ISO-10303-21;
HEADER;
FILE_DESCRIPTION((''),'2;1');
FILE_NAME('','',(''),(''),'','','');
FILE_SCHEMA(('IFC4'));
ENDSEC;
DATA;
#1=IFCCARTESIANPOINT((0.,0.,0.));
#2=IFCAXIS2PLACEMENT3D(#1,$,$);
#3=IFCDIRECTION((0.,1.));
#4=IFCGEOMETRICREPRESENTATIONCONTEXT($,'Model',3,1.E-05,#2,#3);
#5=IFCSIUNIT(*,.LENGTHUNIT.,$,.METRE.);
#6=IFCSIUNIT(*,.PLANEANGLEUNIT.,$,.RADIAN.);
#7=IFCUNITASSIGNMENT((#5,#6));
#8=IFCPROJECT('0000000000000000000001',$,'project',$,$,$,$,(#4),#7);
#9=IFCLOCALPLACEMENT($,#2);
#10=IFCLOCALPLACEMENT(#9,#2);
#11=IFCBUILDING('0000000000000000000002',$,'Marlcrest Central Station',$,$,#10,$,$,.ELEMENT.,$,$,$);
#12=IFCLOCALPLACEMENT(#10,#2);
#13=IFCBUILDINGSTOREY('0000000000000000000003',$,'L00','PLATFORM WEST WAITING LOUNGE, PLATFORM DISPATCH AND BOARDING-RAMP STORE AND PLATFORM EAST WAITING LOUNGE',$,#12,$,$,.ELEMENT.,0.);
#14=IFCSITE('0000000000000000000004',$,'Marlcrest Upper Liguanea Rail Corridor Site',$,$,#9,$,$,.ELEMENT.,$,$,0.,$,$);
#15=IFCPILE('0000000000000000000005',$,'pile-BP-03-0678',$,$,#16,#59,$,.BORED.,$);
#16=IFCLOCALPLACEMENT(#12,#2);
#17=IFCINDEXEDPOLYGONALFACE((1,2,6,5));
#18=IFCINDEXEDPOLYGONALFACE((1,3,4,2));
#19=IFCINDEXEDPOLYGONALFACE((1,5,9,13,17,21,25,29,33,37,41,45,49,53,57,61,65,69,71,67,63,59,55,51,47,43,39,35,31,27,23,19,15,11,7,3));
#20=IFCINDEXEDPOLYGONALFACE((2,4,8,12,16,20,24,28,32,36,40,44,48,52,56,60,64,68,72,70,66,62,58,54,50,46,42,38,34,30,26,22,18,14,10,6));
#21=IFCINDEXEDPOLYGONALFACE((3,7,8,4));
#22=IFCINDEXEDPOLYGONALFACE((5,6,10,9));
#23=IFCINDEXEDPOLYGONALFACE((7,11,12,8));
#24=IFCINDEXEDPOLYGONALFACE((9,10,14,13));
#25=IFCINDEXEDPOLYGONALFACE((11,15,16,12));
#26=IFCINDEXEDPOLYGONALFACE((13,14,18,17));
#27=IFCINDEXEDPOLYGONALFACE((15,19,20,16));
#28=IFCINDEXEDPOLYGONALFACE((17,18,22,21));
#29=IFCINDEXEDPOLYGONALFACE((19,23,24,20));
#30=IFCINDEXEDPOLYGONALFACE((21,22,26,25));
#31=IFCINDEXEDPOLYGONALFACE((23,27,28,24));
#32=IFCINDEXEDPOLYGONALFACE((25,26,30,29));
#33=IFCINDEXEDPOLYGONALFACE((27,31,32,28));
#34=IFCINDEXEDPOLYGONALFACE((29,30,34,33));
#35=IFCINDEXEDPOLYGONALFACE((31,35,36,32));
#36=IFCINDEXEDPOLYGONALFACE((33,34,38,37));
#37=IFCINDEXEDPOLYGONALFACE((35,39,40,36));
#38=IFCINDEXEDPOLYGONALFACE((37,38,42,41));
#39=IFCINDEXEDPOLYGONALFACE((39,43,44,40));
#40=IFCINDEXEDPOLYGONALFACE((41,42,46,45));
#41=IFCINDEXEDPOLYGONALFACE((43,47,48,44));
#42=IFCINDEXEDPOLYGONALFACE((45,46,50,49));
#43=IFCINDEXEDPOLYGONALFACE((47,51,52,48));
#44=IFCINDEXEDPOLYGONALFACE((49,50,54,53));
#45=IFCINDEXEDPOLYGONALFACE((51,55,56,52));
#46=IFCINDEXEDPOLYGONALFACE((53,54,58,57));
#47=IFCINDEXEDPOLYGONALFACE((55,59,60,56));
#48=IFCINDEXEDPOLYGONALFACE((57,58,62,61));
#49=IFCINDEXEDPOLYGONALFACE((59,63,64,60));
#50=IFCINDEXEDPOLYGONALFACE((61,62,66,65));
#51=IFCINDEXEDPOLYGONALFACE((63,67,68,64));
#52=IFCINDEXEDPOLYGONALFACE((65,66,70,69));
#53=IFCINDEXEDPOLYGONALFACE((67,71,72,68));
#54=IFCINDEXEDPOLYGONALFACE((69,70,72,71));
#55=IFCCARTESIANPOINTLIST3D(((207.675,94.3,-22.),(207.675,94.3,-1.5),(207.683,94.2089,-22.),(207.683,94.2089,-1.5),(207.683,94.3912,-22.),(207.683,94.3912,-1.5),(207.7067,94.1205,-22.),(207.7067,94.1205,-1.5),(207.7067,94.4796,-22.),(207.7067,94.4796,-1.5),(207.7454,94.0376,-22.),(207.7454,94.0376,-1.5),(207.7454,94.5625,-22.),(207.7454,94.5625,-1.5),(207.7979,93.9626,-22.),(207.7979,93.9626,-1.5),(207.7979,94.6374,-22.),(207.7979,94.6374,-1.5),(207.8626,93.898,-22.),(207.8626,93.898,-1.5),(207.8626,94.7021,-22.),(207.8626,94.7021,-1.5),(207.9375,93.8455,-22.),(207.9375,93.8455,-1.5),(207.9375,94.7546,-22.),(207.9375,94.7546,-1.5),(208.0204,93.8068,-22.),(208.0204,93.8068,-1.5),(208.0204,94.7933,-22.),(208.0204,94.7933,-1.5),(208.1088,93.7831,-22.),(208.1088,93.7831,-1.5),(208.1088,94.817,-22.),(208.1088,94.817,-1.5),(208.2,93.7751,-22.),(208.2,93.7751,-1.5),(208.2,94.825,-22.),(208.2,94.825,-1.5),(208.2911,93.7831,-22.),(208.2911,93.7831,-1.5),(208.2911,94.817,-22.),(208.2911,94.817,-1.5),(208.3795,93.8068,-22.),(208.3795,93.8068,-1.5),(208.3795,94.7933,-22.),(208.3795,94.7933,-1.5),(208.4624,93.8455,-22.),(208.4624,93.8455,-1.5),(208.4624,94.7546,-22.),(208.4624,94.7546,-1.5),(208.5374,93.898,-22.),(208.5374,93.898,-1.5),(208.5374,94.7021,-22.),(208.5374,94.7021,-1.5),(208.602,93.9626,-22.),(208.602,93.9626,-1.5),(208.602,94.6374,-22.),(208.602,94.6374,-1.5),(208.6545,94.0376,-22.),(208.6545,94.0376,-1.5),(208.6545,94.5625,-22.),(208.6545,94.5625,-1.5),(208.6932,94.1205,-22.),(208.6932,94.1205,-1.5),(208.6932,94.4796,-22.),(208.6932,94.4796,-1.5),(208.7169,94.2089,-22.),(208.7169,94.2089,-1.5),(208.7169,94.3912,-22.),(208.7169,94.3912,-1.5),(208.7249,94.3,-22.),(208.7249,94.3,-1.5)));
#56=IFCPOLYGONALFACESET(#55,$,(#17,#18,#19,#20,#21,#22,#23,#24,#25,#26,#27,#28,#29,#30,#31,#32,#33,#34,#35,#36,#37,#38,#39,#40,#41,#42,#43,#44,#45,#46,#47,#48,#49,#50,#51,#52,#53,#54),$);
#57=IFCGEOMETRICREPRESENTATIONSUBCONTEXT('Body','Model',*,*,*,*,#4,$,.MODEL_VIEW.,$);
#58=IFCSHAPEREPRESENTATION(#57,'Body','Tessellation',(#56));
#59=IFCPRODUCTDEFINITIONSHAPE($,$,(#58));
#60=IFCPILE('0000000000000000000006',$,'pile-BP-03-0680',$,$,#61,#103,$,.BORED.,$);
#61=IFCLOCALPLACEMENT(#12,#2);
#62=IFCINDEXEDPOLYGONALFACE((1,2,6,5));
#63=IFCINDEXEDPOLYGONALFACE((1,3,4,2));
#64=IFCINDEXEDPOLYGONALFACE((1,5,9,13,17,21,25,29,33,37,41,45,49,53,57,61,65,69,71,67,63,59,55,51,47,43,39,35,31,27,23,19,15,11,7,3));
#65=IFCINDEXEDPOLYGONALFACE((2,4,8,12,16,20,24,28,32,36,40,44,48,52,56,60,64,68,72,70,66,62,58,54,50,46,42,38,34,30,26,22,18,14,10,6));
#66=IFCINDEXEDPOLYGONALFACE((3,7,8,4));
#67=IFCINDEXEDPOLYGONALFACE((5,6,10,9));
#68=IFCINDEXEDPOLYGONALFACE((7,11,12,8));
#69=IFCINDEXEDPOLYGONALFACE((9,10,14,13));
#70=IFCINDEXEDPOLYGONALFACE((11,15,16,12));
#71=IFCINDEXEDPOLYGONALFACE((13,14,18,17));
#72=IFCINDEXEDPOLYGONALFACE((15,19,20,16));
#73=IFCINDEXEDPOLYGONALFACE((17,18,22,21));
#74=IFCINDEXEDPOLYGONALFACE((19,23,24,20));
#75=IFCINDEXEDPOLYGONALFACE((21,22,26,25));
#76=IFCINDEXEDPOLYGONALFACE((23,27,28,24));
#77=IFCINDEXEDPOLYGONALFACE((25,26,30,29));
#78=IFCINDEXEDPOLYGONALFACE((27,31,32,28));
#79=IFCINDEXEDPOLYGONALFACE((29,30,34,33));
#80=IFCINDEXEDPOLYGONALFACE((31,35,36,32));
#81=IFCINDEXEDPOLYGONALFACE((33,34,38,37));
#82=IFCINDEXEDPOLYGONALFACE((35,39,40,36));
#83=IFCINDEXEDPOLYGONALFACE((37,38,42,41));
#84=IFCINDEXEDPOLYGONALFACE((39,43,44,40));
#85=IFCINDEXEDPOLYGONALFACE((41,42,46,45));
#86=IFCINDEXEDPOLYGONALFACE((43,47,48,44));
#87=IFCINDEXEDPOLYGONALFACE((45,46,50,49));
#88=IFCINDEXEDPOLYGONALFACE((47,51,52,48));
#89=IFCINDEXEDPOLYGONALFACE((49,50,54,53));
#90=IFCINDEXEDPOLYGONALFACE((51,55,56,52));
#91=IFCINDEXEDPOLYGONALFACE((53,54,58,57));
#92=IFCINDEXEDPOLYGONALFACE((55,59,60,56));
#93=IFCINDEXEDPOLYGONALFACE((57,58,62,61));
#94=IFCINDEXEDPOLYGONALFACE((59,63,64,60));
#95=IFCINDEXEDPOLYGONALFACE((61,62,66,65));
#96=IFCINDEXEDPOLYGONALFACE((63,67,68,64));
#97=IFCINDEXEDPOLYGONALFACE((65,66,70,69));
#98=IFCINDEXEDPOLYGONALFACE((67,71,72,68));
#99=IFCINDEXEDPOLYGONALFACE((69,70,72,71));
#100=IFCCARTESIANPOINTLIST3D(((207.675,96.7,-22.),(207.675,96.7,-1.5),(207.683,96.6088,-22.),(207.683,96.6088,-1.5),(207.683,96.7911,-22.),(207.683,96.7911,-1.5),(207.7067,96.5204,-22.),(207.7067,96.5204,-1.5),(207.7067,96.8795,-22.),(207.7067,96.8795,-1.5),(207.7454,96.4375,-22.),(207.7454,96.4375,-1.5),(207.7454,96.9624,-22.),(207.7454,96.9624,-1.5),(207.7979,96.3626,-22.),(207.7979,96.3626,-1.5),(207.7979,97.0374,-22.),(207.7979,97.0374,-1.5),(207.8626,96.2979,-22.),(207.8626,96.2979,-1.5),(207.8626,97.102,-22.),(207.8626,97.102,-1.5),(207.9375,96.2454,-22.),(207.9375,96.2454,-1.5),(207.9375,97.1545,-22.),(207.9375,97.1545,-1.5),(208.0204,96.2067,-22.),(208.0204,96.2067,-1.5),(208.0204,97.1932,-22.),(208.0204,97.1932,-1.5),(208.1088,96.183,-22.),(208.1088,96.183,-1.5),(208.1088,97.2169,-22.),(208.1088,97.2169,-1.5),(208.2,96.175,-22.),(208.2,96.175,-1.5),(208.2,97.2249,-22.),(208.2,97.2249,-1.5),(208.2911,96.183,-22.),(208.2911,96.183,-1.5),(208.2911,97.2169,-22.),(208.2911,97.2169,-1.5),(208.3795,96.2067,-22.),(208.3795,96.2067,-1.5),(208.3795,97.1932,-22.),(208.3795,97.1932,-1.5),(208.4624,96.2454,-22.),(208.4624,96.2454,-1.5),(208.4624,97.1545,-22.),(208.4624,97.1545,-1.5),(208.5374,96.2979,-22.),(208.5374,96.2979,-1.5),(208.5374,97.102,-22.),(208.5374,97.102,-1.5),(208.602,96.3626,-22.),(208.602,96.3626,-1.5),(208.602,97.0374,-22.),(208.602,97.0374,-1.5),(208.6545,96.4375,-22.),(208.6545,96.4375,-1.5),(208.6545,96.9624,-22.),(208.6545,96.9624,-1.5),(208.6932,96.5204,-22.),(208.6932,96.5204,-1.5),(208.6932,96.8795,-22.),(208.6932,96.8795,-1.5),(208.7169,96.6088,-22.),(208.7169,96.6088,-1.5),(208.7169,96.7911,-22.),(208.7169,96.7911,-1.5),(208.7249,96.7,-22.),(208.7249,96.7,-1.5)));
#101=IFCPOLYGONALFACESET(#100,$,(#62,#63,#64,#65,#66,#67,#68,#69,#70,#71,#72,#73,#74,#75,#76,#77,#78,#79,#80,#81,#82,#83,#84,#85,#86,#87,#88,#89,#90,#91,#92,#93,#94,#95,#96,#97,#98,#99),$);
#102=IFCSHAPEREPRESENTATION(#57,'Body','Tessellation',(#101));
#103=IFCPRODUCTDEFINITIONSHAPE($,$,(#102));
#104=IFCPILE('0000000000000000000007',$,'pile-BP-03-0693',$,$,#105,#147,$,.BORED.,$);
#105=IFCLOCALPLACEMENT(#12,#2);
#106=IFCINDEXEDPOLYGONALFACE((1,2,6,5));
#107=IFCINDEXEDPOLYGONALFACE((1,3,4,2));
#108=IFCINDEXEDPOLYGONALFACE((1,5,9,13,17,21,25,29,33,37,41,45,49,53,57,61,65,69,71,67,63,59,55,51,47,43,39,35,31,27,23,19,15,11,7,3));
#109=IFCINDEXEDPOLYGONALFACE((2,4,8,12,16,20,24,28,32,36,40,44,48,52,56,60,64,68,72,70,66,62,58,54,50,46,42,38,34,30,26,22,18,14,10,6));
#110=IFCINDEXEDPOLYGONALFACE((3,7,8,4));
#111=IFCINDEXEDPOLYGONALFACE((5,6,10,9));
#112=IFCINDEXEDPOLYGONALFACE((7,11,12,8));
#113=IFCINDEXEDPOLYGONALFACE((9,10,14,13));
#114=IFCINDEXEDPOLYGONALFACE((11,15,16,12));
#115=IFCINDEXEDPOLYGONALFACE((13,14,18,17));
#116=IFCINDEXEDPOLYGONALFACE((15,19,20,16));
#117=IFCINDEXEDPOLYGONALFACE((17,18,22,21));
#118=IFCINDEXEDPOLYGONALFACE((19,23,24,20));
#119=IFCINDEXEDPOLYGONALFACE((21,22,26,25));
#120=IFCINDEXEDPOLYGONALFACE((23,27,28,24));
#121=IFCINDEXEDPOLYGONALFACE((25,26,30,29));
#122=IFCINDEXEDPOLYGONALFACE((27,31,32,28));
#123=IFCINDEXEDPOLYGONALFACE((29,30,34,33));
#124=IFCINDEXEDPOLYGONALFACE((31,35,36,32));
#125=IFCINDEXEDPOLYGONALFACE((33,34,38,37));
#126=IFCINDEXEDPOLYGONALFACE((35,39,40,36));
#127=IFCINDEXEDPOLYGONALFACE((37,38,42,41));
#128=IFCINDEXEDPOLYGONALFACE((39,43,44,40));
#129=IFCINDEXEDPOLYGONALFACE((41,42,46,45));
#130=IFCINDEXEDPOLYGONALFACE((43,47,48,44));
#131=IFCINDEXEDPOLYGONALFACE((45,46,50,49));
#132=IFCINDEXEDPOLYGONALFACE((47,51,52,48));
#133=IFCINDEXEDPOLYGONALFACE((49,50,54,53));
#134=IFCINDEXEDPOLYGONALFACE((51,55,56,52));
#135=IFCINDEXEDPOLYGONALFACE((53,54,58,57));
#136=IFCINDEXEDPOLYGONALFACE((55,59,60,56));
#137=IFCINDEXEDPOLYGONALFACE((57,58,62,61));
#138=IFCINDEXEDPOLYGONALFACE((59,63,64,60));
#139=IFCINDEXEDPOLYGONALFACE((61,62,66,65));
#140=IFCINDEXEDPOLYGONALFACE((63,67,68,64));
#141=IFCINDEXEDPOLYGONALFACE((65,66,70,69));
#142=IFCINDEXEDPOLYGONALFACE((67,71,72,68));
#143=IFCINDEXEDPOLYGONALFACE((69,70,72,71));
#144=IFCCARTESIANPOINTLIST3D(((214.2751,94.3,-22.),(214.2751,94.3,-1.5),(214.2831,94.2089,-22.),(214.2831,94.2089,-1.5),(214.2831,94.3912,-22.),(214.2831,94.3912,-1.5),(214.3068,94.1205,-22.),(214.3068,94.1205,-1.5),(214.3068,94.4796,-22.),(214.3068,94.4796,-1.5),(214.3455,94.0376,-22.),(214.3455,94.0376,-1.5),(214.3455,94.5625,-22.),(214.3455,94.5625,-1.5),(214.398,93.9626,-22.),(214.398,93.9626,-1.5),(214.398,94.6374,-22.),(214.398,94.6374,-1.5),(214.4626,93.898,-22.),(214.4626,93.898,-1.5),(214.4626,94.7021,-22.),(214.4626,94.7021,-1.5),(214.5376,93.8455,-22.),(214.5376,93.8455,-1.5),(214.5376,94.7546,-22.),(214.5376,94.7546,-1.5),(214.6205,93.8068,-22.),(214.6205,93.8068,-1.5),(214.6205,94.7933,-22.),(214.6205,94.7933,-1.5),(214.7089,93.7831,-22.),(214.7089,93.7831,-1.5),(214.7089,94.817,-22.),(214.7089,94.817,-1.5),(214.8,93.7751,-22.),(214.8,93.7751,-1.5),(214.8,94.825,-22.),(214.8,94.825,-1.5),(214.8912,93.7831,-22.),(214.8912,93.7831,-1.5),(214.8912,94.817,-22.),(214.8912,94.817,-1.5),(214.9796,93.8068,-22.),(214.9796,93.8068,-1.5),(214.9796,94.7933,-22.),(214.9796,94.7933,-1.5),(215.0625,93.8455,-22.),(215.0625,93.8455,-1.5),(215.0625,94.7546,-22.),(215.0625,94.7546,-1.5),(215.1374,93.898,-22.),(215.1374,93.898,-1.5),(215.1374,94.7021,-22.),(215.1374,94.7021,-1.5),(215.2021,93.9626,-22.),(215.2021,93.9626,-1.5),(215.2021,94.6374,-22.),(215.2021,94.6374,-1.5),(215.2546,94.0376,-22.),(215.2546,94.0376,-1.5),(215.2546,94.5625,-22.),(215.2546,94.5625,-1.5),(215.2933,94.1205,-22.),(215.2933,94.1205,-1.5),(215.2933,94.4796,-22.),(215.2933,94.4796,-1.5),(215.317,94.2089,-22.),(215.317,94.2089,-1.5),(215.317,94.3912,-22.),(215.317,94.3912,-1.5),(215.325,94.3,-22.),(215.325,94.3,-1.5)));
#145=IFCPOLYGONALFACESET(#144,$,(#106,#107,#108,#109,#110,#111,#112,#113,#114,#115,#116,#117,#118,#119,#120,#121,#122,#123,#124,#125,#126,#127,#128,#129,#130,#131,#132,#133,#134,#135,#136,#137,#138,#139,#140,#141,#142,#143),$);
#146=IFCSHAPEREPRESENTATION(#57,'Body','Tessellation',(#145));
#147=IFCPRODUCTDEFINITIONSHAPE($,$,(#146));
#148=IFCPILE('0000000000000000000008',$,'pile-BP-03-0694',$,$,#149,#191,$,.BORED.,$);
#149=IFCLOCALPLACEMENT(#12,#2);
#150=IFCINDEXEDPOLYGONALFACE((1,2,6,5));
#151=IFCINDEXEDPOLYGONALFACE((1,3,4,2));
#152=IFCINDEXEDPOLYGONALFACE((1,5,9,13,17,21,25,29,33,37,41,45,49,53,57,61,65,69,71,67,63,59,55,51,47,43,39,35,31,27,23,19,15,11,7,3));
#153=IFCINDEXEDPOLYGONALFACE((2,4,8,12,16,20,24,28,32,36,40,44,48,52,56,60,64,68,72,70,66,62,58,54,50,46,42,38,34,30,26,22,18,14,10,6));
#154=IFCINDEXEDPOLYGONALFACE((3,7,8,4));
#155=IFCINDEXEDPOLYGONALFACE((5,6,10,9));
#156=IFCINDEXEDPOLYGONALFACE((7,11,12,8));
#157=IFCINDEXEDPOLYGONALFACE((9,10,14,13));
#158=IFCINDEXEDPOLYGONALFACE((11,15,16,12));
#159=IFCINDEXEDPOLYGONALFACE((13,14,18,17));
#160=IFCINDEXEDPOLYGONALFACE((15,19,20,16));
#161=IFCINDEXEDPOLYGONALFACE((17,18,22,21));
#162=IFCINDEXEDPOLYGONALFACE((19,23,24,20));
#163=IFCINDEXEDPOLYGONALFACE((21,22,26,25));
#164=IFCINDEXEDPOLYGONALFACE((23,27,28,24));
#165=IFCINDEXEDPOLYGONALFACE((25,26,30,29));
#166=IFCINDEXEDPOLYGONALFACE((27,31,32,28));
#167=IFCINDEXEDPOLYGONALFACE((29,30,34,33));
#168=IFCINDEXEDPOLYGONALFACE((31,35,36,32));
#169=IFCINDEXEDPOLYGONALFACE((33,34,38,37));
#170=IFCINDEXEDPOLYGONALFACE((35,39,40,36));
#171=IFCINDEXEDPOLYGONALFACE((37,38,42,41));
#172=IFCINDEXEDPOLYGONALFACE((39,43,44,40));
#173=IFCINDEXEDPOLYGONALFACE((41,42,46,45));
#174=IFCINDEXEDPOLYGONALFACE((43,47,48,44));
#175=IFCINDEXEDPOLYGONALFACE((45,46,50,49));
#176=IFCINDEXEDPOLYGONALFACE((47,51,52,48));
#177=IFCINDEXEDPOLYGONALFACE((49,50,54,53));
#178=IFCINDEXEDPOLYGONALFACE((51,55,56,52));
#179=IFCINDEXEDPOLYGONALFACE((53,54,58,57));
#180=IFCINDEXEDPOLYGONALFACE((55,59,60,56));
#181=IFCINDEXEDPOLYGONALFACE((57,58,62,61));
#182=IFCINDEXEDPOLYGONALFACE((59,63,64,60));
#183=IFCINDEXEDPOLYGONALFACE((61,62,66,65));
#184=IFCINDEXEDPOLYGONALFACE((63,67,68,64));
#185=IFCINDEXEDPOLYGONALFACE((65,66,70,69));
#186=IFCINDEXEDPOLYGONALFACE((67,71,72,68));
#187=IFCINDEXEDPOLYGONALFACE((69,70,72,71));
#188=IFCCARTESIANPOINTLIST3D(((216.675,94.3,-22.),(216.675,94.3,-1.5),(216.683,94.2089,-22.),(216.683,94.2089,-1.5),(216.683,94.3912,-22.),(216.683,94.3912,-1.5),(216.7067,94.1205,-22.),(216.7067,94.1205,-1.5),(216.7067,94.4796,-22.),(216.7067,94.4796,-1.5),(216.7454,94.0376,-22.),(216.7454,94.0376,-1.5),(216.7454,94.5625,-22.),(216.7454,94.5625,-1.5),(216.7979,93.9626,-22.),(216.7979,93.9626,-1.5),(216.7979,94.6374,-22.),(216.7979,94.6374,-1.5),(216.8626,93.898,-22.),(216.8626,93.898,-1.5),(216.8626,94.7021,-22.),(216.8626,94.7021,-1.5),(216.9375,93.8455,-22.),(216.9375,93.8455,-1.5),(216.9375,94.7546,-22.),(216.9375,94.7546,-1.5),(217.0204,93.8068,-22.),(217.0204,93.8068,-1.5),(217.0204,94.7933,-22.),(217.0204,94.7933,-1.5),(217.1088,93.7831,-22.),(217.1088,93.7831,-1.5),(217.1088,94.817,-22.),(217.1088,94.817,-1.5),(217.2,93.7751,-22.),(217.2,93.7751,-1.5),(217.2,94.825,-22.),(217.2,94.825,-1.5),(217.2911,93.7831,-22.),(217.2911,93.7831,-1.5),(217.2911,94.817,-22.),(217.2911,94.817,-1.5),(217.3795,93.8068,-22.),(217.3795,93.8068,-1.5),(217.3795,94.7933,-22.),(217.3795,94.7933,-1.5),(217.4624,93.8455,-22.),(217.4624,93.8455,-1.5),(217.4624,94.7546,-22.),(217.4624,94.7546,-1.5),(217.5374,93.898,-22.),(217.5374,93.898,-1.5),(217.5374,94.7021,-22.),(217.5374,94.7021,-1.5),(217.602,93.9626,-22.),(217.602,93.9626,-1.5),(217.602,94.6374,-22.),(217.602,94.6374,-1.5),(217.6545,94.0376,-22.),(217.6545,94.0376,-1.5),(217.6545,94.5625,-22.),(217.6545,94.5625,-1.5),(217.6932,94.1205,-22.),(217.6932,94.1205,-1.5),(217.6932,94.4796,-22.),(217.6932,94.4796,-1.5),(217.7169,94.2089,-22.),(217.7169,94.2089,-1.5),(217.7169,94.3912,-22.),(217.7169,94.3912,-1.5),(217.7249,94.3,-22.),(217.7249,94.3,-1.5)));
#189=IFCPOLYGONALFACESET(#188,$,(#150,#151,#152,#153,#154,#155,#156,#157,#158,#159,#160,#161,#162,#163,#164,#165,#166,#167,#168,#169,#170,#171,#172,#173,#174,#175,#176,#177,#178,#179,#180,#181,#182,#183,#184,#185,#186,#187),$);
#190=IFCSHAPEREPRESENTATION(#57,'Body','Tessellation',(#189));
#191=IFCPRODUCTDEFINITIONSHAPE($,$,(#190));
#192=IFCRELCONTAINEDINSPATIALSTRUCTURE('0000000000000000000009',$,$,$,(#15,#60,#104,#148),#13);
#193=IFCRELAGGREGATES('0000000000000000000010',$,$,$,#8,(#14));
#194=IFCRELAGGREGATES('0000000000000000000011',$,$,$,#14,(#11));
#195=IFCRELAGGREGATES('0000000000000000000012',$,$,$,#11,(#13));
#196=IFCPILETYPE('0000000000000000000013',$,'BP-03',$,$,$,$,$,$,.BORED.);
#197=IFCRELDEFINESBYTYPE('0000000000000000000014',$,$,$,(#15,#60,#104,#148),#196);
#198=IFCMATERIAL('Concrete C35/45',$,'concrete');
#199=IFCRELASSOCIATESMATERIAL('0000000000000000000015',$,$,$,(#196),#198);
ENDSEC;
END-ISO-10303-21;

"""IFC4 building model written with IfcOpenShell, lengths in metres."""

from ifc_helpers import new_model, si_unit, direction, frame, origin, origin_2d, place, context, subcontext, project, spatial, circle, extrude, material, material_profile, profile_set, type_object, element, save


model = new_model("IFC4")

# Units and contexts
model_context = context("Model", 3, precision=1e-05, world=origin(), true_north=direction((0.0, 1.0)))
body_context = subcontext(model_context, "Body", "Model", "MODEL_VIEW")
ifc_project = project(units=[si_unit("LENGTHUNIT", "METRE"), si_unit("PLANEANGLEUNIT", "RADIAN")], contexts=[model_context])

# Site, building, storey
site_placement = place(None, origin())
site = spatial("IfcSite", under=ifc_project, at=site_placement, Name="Marlcrest Upper Liguanea Rail Corridor Site", CompositionType="ELEMENT", RefElevation=0.0)
building_placement = place(site_placement, origin())
building = spatial("IfcBuilding", under=site, at=building_placement, Name="Marlcrest Central Station", CompositionType="ELEMENT")
storey_placement = place(building_placement, origin())
storey = spatial("IfcBuildingStorey", under=building, at=storey_placement, Name="L00", Description="PLATFORM WEST WAITING LOUNGE, PLATFORM DISPATCH AND BOARDING-RAMP STORE AND PLATFORM EAST WAITING LOUNGE", CompositionType="ELEMENT", Elevation=0.0)

# Piles
ifc_material_1 = material(Name="Concrete C35/45", Category="concrete")
ifc_material_profile_1 = material_profile(ifc_material_1, circle(Radius=0.5249, at=origin_2d()), Name="PILE D1050")
ifc_profile_set_1 = profile_set([ifc_material_profile_1], Name="Concrete C35/45")
pile_type_1 = type_object("IfcPileType", Name="BP-03", PredefinedType="BORED", material=ifc_profile_set_1)
for number, where, z_axis, x_axis, name in (
    (1, (208.2, 94.3, -1.5), (0.0, 0.0, -1.0), (1.0, 0.0, 0.0), "pile-BP-03-0678"),
    (2, (208.2, 96.7, -1.5), (0.0, 0.0, -1.0), (1.0, 0.0, 0.0), "pile-BP-03-0680"),
    (3, (214.8, 94.3, -1.5), (0.0, 0.0, -1.0), (1.0, 0.0, 0.0), "pile-BP-03-0693"),
    (4, (217.2, 94.3, -1.5), (0.0, 0.0, -1.0), (1.0, 0.0, 0.0), "pile-BP-03-0694"),
):
    element("IfcPile", number, at=place(storey_placement, frame(where, z_axis=z_axis, x_axis=x_axis)), inside=storey, type_object=pile_type_1, Name=name, PredefinedType="BORED", context=body_context, shape_type="SweptSolid", body=[
        extrude(circle(Radius=0.5249, at=origin_2d()), origin(), (0.0, 0.0, 1.0), 20.5),
    ])

save(model, "model.ifc")
